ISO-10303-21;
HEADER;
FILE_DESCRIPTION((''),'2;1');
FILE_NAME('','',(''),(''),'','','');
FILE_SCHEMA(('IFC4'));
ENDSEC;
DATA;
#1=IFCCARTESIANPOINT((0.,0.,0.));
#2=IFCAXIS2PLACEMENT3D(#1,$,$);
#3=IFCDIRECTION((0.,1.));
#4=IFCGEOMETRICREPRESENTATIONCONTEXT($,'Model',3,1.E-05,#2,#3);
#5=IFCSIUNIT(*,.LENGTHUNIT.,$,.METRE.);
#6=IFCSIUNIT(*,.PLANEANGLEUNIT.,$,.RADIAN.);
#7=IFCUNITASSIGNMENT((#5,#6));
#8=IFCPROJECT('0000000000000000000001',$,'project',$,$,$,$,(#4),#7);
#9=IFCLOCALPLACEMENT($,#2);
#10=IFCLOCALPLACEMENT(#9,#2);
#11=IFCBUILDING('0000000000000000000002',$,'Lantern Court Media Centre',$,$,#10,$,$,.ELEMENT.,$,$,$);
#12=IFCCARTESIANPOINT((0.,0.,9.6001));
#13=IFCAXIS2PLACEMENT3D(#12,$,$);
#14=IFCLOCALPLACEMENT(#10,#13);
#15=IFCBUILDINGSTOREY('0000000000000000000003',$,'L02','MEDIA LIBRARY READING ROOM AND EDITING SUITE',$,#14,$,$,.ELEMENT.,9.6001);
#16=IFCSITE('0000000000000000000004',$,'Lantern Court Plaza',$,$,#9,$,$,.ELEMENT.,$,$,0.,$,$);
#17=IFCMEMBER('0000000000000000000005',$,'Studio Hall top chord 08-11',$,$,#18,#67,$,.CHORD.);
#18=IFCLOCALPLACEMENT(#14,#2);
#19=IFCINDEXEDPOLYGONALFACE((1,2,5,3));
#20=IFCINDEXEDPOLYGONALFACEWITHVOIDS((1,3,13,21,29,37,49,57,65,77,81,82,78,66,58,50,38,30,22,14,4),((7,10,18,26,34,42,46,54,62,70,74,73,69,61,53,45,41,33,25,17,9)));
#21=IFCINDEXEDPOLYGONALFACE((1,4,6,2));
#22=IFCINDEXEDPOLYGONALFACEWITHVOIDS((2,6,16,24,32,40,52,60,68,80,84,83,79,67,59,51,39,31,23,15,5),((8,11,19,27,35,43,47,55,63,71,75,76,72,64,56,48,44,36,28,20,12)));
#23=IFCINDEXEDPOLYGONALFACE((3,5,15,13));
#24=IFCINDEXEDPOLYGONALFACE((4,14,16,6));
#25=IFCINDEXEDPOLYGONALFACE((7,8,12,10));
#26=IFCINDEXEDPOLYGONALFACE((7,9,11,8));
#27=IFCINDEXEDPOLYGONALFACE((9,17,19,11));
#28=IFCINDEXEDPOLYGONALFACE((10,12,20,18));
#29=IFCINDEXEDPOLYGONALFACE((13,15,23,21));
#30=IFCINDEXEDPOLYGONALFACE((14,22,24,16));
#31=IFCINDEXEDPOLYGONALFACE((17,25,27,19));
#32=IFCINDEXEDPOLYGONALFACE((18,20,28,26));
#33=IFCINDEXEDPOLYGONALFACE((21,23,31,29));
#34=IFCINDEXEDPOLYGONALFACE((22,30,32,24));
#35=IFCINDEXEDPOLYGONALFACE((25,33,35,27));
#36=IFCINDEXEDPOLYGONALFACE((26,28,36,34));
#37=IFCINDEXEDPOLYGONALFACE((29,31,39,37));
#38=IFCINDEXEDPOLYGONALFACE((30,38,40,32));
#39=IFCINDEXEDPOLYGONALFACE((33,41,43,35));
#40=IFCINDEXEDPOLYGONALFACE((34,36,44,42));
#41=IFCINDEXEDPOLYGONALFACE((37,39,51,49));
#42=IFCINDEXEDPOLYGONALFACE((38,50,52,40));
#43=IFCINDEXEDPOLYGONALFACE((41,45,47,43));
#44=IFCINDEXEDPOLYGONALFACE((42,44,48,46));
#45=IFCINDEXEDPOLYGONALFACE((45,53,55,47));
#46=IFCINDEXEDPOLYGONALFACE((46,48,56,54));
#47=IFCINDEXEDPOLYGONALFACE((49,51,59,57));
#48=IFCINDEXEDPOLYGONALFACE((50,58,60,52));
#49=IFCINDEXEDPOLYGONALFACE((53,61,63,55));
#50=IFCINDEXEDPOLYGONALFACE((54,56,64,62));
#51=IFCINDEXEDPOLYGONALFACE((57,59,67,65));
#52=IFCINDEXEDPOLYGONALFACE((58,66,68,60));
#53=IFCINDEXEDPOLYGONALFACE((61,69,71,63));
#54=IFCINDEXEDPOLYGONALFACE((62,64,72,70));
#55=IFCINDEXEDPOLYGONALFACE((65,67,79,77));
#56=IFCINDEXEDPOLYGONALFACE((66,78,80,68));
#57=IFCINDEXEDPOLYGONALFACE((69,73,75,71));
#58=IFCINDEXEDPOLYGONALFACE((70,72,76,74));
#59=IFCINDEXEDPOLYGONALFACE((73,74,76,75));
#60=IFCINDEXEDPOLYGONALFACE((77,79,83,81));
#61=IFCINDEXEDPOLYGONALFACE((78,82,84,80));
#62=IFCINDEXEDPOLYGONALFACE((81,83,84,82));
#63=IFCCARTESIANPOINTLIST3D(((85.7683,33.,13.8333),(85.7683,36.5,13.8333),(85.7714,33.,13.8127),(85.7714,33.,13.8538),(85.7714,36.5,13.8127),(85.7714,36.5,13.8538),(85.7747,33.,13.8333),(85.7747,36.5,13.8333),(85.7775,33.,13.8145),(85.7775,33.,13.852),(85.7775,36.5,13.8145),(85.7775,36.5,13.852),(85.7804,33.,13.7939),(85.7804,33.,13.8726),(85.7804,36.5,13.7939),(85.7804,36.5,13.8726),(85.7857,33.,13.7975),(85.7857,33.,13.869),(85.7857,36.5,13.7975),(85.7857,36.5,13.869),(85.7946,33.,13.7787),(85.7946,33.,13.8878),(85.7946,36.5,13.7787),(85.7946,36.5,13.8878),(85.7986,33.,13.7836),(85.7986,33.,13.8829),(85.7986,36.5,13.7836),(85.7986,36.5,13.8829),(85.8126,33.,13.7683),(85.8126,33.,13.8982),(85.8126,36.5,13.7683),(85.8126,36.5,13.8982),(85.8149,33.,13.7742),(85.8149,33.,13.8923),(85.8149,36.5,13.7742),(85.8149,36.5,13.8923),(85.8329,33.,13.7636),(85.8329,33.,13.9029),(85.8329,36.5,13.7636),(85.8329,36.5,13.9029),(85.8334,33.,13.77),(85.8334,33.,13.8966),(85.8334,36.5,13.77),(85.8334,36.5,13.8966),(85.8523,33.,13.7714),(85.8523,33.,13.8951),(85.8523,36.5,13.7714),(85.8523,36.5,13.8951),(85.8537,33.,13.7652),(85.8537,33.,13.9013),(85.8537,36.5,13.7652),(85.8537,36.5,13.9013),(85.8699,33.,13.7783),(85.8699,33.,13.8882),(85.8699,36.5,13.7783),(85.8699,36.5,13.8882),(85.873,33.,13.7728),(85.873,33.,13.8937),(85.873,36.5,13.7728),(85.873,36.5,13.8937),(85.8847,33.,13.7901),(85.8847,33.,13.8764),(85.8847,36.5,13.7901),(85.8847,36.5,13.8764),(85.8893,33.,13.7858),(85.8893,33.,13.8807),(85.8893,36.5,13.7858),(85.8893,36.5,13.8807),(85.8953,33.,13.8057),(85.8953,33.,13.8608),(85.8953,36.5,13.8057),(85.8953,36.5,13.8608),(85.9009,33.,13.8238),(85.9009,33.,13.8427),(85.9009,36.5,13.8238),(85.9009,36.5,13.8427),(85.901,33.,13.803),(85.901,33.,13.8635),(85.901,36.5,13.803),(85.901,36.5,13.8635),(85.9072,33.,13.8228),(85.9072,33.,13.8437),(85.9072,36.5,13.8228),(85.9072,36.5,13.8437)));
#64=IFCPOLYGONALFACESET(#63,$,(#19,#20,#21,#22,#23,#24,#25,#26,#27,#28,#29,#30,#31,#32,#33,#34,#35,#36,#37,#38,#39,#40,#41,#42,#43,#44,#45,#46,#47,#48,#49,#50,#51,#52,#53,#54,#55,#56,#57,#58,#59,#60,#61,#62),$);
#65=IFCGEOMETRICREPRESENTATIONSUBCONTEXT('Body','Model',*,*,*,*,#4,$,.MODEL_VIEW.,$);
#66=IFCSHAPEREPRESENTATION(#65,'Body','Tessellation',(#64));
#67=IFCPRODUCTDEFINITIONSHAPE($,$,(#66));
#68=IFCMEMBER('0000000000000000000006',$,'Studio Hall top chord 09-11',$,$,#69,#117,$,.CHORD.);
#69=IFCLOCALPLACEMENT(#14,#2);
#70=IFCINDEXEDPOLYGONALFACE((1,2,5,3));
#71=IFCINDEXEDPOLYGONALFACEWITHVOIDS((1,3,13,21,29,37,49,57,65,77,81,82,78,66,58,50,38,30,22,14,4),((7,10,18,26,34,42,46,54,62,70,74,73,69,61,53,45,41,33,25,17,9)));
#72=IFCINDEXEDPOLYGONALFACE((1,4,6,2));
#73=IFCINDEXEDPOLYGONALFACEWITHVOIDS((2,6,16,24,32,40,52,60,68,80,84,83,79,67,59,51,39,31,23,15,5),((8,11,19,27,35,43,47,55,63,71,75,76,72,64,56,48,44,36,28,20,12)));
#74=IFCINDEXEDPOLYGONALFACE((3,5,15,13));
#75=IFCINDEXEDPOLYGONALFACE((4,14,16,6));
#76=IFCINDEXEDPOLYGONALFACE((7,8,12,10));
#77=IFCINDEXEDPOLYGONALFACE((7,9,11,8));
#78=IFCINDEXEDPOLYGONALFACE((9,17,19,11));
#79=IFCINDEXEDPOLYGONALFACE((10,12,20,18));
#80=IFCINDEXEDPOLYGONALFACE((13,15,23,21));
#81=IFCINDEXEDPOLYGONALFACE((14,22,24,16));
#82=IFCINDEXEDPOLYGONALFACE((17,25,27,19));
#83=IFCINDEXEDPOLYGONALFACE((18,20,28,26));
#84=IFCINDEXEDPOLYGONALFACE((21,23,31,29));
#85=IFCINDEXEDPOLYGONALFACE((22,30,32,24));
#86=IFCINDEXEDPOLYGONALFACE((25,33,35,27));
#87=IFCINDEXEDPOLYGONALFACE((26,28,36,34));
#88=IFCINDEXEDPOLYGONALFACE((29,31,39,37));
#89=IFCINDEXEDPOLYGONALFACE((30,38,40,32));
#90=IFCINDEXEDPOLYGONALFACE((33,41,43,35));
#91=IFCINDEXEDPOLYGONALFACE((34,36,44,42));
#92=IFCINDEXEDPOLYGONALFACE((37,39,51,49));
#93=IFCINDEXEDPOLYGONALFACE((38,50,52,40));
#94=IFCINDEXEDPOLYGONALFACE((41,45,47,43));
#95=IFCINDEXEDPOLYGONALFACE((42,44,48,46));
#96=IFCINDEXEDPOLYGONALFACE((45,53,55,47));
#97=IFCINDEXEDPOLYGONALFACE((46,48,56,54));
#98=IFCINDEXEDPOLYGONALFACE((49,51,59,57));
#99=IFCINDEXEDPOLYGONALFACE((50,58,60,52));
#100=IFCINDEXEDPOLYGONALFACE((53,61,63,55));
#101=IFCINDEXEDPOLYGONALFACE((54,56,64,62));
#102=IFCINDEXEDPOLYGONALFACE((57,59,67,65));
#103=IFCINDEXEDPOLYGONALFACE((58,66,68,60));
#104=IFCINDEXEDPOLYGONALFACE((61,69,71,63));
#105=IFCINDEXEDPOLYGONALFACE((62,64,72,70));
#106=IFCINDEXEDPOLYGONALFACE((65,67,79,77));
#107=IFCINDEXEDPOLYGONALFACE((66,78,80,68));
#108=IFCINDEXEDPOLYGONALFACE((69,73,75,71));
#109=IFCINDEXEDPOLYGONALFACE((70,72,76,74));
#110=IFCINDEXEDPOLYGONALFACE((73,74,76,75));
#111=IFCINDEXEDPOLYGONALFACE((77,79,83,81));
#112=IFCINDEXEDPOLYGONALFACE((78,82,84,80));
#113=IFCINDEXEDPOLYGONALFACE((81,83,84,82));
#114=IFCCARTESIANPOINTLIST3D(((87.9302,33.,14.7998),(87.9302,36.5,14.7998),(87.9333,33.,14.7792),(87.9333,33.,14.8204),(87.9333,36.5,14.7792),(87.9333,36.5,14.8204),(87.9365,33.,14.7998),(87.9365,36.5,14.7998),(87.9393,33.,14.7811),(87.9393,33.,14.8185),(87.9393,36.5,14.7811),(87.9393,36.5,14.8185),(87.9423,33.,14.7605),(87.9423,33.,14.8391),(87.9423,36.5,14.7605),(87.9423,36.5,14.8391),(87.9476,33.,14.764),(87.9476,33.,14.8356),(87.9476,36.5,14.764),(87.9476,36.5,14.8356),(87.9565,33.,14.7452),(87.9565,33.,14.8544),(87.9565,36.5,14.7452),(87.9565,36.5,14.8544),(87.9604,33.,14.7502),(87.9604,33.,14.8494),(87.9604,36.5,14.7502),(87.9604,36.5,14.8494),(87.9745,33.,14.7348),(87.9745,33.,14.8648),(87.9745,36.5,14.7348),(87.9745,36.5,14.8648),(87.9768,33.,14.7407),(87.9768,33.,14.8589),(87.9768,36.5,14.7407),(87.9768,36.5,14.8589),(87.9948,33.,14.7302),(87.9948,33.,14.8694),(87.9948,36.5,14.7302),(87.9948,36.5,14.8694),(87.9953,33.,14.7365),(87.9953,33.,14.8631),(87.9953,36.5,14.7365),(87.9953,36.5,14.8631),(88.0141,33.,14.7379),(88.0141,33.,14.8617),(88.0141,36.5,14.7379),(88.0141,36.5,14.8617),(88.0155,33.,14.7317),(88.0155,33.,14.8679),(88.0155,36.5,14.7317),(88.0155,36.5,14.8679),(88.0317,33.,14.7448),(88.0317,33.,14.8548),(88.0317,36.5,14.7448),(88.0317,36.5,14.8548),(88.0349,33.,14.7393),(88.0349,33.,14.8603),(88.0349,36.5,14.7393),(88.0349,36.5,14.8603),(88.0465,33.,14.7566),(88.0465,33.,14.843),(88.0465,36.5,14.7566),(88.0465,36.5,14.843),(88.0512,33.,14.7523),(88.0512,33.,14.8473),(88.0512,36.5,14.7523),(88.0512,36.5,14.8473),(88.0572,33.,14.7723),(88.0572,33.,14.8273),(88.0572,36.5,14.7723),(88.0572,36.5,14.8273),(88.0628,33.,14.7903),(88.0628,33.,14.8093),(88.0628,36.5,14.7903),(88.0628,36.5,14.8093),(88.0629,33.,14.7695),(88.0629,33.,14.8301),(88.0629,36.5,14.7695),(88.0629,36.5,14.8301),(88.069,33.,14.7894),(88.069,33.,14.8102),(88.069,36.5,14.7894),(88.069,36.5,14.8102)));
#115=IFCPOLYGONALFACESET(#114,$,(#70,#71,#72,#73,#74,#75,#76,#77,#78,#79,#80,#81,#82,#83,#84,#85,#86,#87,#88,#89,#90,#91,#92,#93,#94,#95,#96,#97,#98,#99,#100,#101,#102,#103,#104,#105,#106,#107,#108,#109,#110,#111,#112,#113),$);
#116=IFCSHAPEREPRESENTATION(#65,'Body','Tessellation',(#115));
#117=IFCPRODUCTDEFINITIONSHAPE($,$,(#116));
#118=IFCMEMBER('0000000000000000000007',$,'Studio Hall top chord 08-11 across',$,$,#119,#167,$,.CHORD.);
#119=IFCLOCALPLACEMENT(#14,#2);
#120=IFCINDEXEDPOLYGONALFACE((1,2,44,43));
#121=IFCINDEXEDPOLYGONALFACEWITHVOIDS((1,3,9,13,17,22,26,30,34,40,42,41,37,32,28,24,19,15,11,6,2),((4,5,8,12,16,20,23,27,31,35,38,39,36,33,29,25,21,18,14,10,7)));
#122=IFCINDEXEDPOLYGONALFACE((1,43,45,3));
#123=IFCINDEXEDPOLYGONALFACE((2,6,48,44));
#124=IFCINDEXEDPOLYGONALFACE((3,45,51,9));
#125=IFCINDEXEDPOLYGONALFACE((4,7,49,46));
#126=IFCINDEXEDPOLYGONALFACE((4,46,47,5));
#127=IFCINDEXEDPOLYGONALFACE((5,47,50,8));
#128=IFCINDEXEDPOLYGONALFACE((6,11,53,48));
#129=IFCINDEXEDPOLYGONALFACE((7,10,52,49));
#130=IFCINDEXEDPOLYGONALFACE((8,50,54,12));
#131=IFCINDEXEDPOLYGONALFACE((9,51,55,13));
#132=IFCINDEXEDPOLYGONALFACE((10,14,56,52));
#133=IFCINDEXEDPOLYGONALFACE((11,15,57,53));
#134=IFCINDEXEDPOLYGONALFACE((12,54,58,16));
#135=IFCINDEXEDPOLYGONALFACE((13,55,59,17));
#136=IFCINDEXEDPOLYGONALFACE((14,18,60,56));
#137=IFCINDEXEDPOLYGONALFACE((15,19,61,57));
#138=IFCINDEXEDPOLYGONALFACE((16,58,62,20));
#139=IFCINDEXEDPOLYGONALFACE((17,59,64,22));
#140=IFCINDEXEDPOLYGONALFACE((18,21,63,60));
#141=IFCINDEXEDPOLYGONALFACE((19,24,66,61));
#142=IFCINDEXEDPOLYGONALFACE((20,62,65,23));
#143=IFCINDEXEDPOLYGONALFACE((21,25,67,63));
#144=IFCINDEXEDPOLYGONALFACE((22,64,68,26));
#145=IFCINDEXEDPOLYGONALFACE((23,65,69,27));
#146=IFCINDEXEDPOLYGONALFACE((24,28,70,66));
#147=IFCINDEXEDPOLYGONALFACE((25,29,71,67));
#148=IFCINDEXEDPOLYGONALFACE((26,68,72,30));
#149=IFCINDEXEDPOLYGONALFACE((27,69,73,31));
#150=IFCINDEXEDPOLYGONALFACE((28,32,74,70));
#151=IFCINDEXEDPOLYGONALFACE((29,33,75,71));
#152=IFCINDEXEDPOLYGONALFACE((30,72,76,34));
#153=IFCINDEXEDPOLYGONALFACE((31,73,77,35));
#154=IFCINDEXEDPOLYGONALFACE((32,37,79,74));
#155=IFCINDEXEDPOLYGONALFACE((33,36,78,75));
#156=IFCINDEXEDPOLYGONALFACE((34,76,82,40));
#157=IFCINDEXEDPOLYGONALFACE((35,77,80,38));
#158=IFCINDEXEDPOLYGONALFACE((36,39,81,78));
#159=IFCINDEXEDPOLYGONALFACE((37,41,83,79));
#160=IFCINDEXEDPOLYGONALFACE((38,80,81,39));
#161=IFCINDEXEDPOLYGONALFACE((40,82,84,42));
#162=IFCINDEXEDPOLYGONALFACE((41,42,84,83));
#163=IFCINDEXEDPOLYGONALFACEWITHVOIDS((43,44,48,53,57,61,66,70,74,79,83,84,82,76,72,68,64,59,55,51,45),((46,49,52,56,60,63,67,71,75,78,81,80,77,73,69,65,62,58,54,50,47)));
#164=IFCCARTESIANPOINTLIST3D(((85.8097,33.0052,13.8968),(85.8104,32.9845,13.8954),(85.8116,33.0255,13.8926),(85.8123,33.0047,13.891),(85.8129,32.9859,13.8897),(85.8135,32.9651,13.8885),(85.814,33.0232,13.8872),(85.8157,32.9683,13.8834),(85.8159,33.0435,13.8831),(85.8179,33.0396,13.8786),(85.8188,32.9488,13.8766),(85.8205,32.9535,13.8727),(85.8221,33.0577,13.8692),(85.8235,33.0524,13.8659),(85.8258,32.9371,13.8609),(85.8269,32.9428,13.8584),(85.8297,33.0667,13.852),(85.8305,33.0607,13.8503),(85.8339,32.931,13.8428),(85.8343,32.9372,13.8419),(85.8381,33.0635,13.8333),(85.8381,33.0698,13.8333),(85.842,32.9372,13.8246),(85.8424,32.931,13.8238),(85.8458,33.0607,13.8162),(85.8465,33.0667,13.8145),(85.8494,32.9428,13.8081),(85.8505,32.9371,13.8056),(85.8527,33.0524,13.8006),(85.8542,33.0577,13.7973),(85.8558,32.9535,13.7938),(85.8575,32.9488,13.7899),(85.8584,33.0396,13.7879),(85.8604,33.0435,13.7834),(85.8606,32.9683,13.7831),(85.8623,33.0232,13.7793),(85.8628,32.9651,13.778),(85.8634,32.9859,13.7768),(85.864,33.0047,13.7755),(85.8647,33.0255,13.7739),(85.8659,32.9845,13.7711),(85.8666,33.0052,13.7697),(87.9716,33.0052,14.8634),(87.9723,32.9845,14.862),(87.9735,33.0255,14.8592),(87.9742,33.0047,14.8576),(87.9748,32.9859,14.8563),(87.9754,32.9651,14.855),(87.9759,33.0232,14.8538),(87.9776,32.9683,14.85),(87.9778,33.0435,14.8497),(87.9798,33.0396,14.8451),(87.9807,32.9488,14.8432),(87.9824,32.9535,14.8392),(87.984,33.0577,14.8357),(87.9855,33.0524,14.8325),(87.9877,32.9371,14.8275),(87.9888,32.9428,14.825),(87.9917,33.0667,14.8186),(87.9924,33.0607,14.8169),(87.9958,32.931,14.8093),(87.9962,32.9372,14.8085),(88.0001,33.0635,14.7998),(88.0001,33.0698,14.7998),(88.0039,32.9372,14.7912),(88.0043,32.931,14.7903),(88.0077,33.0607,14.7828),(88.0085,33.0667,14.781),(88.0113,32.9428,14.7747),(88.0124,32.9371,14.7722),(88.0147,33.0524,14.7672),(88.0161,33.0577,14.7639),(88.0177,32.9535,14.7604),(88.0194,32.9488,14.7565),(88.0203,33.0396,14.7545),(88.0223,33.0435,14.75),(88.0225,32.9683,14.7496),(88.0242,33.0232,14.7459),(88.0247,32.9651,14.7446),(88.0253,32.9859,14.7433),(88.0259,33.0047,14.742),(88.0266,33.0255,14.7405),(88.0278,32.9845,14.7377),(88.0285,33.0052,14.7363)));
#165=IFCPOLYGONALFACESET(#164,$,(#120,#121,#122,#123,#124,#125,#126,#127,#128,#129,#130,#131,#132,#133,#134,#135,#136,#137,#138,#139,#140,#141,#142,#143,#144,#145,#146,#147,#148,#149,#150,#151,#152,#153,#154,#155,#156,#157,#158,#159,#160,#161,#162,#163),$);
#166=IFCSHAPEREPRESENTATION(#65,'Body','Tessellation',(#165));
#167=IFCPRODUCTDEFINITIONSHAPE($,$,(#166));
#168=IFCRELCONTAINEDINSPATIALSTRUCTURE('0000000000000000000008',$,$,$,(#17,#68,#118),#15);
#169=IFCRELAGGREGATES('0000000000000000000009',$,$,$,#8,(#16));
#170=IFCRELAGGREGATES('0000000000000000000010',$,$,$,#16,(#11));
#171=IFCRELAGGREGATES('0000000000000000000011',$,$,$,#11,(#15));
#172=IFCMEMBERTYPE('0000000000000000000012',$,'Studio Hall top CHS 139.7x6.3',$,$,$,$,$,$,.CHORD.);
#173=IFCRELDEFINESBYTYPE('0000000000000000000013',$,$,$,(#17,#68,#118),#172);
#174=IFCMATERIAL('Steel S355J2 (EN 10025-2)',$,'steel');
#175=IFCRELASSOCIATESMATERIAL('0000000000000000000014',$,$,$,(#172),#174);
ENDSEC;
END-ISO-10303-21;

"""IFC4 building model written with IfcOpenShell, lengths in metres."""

from ifc_helpers import new_model, si_unit, direction, frame, origin, origin_2d, place, context, subcontext, project, spatial, hollow_circle, extrude, material, material_profile, profile_set, type_object, element, save


model = new_model("IFC4")

# Units and contexts
model_context = context("Model", 3, precision=1e-05, world=origin(), true_north=direction((0.0, 1.0)))
body_context = subcontext(model_context, "Body", "Model", "MODEL_VIEW")
ifc_project = project(units=[si_unit("LENGTHUNIT", "METRE"), si_unit("PLANEANGLEUNIT", "RADIAN")], contexts=[model_context])

# Site, building, storey
site_placement = place(None, origin())
site = spatial("IfcSite", under=ifc_project, at=site_placement, Name="Lantern Court Plaza", CompositionType="ELEMENT", RefElevation=0.0)
building_placement = place(site_placement, origin())
building = spatial("IfcBuilding", under=site, at=building_placement, Name="Lantern Court Media Centre", CompositionType="ELEMENT")
storey_placement = place(building_placement, frame((0.0, 0.0, 9.6001)))
storey = spatial("IfcBuildingStorey", under=building, at=storey_placement, Name="L02", Description="MEDIA LIBRARY READING ROOM AND EDITING SUITE", CompositionType="ELEMENT", Elevation=9.6001)

# Members
ifc_material = material(Name="Steel S355J2 (EN 10025-2)", Category="steel")
ifc_material_profile_1 = material_profile(ifc_material, hollow_circle(Radius=0.0698, WallThickness=0.0063, at=origin_2d()), Name="Studio Hall top CHS 139.7x6.3")
ifc_profile_set_1 = profile_set([ifc_material_profile_1], Name="Steel S355J2 (EN 10025-2)")
member_type_1 = type_object("IfcMemberType", Name="Studio Hall top CHS 139.7x6.3", PredefinedType="CHORD", material=ifc_profile_set_1)
for number, where, z_axis, x_axis, name in (
    (1, (85.8381, 33.0, 13.8333), (0.0, 1.0, 0.0), (-1.0, 0.0, 0.0), "Studio Hall top chord 08-11"),
    (2, (88.0, 33.0, 14.7998), (0.0, 1.0, 0.0), (-1.0, 0.0, 0.0), "Studio Hall top chord 09-11"),
):
    element("IfcMember", number, at=place(storey_placement, frame(where, z_axis=z_axis, x_axis=x_axis)), inside=storey, type_object=member_type_1, Name=name, PredefinedType="CHORD", context=body_context, shape_type="SweptSolid", body=[
        extrude(hollow_circle(Radius=0.0698, WallThickness=0.0063, at=origin_2d()), origin(), (0.0, 0.0, 1.0), 3.5),
    ])
for number, where, z_axis, x_axis, name in (
    (3, (85.8381, 33.0, 13.8333), (0.912912, 0.0, 0.408156), (0.0, 1.0, 0.0), "Studio Hall top chord 08-11 across"),
):
    element("IfcMember", number, at=place(storey_placement, frame(where, z_axis=z_axis, x_axis=x_axis)), inside=storey, type_object=member_type_1, Name=name, PredefinedType="CHORD", context=body_context, shape_type="SweptSolid", body=[
        extrude(hollow_circle(Radius=0.0698, WallThickness=0.0063, at=origin_2d()), origin(), (0.0, 0.0, 1.0), 2.3682),
    ])

save(model, "model.ifc")
